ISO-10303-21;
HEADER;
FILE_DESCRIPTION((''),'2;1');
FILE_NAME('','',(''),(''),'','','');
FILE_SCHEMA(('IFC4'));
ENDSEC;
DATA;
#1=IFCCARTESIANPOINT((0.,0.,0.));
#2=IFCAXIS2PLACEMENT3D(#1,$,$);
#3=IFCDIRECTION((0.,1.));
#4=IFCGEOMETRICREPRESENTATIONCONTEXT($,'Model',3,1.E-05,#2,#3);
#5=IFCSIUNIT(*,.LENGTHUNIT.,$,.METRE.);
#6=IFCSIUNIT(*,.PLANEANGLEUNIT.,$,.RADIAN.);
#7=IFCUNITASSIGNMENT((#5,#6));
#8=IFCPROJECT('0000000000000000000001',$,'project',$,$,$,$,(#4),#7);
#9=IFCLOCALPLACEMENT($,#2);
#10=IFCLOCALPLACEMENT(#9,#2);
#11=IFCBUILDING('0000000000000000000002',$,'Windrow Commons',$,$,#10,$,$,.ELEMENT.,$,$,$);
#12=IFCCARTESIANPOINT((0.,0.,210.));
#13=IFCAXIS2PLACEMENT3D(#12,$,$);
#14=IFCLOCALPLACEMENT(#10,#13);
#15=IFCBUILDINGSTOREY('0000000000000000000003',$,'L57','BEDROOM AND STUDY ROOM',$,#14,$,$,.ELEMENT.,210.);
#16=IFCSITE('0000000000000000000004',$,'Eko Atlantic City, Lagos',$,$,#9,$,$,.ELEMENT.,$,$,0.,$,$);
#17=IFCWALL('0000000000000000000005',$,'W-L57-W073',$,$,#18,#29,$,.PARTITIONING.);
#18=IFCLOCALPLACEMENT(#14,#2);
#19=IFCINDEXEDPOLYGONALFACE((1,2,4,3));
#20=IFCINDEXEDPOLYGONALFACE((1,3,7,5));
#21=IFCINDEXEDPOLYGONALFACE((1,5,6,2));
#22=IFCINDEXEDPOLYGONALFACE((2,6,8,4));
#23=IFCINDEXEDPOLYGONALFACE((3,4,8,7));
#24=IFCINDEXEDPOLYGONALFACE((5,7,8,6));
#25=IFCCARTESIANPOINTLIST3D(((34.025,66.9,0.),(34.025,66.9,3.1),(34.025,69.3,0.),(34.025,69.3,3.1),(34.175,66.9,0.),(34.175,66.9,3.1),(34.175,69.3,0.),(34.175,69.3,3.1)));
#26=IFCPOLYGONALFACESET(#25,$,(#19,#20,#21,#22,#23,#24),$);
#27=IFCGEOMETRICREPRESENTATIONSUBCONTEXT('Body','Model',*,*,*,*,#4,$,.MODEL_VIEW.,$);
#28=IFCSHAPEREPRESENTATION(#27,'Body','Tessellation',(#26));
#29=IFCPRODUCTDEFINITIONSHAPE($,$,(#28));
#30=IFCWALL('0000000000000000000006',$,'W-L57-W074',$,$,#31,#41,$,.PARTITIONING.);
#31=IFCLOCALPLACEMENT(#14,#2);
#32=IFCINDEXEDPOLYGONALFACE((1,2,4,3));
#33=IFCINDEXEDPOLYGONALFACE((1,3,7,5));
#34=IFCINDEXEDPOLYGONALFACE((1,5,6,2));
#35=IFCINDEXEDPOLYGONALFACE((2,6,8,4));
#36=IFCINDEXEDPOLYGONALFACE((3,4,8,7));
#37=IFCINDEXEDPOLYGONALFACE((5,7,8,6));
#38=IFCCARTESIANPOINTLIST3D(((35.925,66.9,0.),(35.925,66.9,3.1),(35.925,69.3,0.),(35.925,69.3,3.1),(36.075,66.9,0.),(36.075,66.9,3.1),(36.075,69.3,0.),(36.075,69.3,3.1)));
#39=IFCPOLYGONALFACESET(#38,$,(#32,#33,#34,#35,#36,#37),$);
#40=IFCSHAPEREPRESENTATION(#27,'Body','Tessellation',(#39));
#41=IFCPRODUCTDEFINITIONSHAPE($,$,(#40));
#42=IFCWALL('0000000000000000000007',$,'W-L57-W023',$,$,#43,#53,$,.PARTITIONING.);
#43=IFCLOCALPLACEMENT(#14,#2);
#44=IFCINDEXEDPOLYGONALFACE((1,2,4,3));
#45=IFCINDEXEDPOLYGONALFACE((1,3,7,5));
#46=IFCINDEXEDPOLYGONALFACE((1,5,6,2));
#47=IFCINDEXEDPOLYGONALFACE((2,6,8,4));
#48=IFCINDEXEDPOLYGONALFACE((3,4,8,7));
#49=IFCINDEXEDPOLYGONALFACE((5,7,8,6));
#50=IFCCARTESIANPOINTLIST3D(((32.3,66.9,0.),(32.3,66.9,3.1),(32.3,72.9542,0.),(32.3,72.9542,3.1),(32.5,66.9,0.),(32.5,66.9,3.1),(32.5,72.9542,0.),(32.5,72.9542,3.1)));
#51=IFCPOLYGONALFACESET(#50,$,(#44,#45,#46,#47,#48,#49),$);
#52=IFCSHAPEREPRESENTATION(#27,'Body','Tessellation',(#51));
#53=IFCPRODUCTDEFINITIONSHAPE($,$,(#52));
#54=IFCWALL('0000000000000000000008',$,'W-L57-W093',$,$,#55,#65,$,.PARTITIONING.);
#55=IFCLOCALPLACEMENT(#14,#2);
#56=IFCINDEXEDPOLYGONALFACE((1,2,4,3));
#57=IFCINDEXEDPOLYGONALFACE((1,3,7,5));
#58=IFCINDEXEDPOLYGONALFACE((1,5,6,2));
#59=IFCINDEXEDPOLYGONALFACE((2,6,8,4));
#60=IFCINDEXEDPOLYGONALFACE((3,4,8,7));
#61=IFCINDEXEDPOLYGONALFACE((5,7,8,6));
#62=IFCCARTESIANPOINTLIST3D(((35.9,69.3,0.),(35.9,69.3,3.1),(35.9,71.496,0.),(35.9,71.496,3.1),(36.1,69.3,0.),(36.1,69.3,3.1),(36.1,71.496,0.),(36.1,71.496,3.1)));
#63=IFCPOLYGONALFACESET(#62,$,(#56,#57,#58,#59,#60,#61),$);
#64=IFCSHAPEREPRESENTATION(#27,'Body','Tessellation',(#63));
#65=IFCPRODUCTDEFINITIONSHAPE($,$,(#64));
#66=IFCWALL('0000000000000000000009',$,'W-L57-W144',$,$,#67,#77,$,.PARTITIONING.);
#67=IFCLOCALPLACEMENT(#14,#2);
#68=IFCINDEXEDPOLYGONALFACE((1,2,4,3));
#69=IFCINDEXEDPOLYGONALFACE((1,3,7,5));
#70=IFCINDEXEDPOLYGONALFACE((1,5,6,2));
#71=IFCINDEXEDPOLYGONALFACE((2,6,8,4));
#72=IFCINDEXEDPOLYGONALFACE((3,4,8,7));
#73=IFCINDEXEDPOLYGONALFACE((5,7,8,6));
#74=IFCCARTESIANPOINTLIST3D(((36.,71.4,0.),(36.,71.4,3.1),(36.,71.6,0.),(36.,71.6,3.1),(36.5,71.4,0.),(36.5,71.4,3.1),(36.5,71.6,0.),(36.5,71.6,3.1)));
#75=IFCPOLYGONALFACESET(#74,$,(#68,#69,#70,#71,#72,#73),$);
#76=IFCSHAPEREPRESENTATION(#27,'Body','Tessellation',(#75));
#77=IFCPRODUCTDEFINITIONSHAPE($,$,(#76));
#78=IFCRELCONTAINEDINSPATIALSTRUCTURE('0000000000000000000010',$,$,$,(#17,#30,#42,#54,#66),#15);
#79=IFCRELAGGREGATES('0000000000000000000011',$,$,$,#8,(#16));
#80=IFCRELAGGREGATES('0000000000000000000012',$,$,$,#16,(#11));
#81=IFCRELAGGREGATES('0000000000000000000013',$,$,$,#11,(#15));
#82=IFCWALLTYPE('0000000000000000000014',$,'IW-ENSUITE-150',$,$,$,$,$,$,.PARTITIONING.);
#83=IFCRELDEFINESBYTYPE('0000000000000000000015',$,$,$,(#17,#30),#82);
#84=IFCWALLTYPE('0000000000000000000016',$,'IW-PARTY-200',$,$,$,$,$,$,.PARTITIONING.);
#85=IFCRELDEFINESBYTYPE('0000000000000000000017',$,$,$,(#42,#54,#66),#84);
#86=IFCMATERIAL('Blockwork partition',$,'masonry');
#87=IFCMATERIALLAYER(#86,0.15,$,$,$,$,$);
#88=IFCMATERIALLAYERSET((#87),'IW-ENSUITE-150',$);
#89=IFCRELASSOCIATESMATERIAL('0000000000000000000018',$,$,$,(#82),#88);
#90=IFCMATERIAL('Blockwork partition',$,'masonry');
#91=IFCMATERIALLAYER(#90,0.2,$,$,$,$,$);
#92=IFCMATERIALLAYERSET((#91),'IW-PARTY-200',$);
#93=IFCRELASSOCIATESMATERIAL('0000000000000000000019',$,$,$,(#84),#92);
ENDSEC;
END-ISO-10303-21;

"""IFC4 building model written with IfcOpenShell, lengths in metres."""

from ifc_helpers import new_model, si_unit, direction, frame, frame_2d, origin, place, context, subcontext, project, spatial, rectangle, extrude, material, layer, layer_set, type_object, element, save


model = new_model("IFC4")

# Units and contexts
model_context = context("Model", 3, precision=1e-05, world=origin(), true_north=direction((0.0, 1.0)))
body_context = subcontext(model_context, "Body", "Model", "MODEL_VIEW")
ifc_project = project(units=[si_unit("LENGTHUNIT", "METRE"), si_unit("PLANEANGLEUNIT", "RADIAN")], contexts=[model_context])

# Site, building, storey
site_placement = place(None, origin())
site = spatial("IfcSite", under=ifc_project, at=site_placement, Name="Eko Atlantic City, Lagos", CompositionType="ELEMENT", RefElevation=0.0)
building_placement = place(site_placement, origin())
building = spatial("IfcBuilding", under=site, at=building_placement, Name="Windrow Commons", CompositionType="ELEMENT")
storey_placement = place(building_placement, frame((0.0, 0.0, 210.0)))
storey = spatial("IfcBuildingStorey", under=building, at=storey_placement, Name="L57", Description="BEDROOM AND STUDY ROOM", CompositionType="ELEMENT", Elevation=210.0)

# Shared definitions
ifc_material_1 = material(Name="Blockwork partition", Category="masonry")
ifc_layer_1 = layer(ifc_material_1, 0.15)
ifc_layer_set_1 = layer_set([ifc_layer_1], Name="IW-ENSUITE-150")
wall_type_1 = type_object("IfcWallType", Name="IW-ENSUITE-150", PredefinedType="PARTITIONING", material=ifc_layer_set_1)

# Walls
for number, where, z_axis, x_axis, name in (
    (1, (34.1, 66.9, 0.0), (0.0, 0.0, 1.0), (0.0, 1.0, 0.0), "W-L57-W073"),
    (2, (36.0, 66.9, 0.0), (0.0, 0.0, 1.0), (0.0, 1.0, 0.0), "W-L57-W074"),
):
    element("IfcWall", number, at=place(storey_placement, frame(where, z_axis=z_axis, x_axis=x_axis)), inside=storey, type_object=wall_type_1, Name=name, PredefinedType="PARTITIONING", context=body_context, shape_type="SweptSolid", body=[
        extrude(rectangle(XDim=2.4, YDim=0.15, at=frame_2d((1.2, 0.0))), origin(), (0.0, 0.0, 1.0), 3.1),
    ])
ifc_material_2 = material(Name="Blockwork partition", Category="masonry")
ifc_layer_2 = layer(ifc_material_2, 0.2)
ifc_layer_set_2 = layer_set([ifc_layer_2], Name="IW-PARTY-200")
wall_type_2 = type_object("IfcWallType", Name="IW-PARTY-200", PredefinedType="PARTITIONING", material=ifc_layer_set_2)
wall_1_placement = place(storey_placement, frame((32.4, 66.9, 0.0), z_axis=(0.0, 0.0, 1.0), x_axis=(0.0, 1.0, 0.0)))
element("IfcWall", 3, at=wall_1_placement, inside=storey, type_object=wall_type_2, Name="W-L57-W023", PredefinedType="PARTITIONING", context=body_context, shape_type="SweptSolid", body=[
    extrude(rectangle(XDim=6.0542, YDim=0.2, at=frame_2d((3.0271, 0.0))), origin(), (0.0, 0.0, 1.0), 3.1),
])
wall_2_placement = place(storey_placement, frame((36.0, 69.3, 0.0), z_axis=(0.0, 0.0, 1.0), x_axis=(0.0, 1.0, 0.0)))
element("IfcWall", 4, at=wall_2_placement, inside=storey, type_object=wall_type_2, Name="W-L57-W093", PredefinedType="PARTITIONING", context=body_context, shape_type="SweptSolid", body=[
    extrude(rectangle(XDim=2.196, YDim=0.2, at=frame_2d((1.098, 0.0))), origin(), (0.0, 0.0, 1.0), 3.1),
])
wall_3_placement = place(storey_placement, frame((36.0, 71.5, 0.0), z_axis=(0.0, 0.0, 1.0), x_axis=(1.0, 0.0, 0.0)))
element("IfcWall", 5, at=wall_3_placement, inside=storey, type_object=wall_type_2, Name="W-L57-W144", PredefinedType="PARTITIONING", context=body_context, shape_type="SweptSolid", body=[
    extrude(rectangle(XDim=0.5, YDim=0.2, at=frame_2d((0.25, 0.0))), origin(), (0.0, 0.0, 1.0), 3.1),
])

save(model, "model.ifc")
